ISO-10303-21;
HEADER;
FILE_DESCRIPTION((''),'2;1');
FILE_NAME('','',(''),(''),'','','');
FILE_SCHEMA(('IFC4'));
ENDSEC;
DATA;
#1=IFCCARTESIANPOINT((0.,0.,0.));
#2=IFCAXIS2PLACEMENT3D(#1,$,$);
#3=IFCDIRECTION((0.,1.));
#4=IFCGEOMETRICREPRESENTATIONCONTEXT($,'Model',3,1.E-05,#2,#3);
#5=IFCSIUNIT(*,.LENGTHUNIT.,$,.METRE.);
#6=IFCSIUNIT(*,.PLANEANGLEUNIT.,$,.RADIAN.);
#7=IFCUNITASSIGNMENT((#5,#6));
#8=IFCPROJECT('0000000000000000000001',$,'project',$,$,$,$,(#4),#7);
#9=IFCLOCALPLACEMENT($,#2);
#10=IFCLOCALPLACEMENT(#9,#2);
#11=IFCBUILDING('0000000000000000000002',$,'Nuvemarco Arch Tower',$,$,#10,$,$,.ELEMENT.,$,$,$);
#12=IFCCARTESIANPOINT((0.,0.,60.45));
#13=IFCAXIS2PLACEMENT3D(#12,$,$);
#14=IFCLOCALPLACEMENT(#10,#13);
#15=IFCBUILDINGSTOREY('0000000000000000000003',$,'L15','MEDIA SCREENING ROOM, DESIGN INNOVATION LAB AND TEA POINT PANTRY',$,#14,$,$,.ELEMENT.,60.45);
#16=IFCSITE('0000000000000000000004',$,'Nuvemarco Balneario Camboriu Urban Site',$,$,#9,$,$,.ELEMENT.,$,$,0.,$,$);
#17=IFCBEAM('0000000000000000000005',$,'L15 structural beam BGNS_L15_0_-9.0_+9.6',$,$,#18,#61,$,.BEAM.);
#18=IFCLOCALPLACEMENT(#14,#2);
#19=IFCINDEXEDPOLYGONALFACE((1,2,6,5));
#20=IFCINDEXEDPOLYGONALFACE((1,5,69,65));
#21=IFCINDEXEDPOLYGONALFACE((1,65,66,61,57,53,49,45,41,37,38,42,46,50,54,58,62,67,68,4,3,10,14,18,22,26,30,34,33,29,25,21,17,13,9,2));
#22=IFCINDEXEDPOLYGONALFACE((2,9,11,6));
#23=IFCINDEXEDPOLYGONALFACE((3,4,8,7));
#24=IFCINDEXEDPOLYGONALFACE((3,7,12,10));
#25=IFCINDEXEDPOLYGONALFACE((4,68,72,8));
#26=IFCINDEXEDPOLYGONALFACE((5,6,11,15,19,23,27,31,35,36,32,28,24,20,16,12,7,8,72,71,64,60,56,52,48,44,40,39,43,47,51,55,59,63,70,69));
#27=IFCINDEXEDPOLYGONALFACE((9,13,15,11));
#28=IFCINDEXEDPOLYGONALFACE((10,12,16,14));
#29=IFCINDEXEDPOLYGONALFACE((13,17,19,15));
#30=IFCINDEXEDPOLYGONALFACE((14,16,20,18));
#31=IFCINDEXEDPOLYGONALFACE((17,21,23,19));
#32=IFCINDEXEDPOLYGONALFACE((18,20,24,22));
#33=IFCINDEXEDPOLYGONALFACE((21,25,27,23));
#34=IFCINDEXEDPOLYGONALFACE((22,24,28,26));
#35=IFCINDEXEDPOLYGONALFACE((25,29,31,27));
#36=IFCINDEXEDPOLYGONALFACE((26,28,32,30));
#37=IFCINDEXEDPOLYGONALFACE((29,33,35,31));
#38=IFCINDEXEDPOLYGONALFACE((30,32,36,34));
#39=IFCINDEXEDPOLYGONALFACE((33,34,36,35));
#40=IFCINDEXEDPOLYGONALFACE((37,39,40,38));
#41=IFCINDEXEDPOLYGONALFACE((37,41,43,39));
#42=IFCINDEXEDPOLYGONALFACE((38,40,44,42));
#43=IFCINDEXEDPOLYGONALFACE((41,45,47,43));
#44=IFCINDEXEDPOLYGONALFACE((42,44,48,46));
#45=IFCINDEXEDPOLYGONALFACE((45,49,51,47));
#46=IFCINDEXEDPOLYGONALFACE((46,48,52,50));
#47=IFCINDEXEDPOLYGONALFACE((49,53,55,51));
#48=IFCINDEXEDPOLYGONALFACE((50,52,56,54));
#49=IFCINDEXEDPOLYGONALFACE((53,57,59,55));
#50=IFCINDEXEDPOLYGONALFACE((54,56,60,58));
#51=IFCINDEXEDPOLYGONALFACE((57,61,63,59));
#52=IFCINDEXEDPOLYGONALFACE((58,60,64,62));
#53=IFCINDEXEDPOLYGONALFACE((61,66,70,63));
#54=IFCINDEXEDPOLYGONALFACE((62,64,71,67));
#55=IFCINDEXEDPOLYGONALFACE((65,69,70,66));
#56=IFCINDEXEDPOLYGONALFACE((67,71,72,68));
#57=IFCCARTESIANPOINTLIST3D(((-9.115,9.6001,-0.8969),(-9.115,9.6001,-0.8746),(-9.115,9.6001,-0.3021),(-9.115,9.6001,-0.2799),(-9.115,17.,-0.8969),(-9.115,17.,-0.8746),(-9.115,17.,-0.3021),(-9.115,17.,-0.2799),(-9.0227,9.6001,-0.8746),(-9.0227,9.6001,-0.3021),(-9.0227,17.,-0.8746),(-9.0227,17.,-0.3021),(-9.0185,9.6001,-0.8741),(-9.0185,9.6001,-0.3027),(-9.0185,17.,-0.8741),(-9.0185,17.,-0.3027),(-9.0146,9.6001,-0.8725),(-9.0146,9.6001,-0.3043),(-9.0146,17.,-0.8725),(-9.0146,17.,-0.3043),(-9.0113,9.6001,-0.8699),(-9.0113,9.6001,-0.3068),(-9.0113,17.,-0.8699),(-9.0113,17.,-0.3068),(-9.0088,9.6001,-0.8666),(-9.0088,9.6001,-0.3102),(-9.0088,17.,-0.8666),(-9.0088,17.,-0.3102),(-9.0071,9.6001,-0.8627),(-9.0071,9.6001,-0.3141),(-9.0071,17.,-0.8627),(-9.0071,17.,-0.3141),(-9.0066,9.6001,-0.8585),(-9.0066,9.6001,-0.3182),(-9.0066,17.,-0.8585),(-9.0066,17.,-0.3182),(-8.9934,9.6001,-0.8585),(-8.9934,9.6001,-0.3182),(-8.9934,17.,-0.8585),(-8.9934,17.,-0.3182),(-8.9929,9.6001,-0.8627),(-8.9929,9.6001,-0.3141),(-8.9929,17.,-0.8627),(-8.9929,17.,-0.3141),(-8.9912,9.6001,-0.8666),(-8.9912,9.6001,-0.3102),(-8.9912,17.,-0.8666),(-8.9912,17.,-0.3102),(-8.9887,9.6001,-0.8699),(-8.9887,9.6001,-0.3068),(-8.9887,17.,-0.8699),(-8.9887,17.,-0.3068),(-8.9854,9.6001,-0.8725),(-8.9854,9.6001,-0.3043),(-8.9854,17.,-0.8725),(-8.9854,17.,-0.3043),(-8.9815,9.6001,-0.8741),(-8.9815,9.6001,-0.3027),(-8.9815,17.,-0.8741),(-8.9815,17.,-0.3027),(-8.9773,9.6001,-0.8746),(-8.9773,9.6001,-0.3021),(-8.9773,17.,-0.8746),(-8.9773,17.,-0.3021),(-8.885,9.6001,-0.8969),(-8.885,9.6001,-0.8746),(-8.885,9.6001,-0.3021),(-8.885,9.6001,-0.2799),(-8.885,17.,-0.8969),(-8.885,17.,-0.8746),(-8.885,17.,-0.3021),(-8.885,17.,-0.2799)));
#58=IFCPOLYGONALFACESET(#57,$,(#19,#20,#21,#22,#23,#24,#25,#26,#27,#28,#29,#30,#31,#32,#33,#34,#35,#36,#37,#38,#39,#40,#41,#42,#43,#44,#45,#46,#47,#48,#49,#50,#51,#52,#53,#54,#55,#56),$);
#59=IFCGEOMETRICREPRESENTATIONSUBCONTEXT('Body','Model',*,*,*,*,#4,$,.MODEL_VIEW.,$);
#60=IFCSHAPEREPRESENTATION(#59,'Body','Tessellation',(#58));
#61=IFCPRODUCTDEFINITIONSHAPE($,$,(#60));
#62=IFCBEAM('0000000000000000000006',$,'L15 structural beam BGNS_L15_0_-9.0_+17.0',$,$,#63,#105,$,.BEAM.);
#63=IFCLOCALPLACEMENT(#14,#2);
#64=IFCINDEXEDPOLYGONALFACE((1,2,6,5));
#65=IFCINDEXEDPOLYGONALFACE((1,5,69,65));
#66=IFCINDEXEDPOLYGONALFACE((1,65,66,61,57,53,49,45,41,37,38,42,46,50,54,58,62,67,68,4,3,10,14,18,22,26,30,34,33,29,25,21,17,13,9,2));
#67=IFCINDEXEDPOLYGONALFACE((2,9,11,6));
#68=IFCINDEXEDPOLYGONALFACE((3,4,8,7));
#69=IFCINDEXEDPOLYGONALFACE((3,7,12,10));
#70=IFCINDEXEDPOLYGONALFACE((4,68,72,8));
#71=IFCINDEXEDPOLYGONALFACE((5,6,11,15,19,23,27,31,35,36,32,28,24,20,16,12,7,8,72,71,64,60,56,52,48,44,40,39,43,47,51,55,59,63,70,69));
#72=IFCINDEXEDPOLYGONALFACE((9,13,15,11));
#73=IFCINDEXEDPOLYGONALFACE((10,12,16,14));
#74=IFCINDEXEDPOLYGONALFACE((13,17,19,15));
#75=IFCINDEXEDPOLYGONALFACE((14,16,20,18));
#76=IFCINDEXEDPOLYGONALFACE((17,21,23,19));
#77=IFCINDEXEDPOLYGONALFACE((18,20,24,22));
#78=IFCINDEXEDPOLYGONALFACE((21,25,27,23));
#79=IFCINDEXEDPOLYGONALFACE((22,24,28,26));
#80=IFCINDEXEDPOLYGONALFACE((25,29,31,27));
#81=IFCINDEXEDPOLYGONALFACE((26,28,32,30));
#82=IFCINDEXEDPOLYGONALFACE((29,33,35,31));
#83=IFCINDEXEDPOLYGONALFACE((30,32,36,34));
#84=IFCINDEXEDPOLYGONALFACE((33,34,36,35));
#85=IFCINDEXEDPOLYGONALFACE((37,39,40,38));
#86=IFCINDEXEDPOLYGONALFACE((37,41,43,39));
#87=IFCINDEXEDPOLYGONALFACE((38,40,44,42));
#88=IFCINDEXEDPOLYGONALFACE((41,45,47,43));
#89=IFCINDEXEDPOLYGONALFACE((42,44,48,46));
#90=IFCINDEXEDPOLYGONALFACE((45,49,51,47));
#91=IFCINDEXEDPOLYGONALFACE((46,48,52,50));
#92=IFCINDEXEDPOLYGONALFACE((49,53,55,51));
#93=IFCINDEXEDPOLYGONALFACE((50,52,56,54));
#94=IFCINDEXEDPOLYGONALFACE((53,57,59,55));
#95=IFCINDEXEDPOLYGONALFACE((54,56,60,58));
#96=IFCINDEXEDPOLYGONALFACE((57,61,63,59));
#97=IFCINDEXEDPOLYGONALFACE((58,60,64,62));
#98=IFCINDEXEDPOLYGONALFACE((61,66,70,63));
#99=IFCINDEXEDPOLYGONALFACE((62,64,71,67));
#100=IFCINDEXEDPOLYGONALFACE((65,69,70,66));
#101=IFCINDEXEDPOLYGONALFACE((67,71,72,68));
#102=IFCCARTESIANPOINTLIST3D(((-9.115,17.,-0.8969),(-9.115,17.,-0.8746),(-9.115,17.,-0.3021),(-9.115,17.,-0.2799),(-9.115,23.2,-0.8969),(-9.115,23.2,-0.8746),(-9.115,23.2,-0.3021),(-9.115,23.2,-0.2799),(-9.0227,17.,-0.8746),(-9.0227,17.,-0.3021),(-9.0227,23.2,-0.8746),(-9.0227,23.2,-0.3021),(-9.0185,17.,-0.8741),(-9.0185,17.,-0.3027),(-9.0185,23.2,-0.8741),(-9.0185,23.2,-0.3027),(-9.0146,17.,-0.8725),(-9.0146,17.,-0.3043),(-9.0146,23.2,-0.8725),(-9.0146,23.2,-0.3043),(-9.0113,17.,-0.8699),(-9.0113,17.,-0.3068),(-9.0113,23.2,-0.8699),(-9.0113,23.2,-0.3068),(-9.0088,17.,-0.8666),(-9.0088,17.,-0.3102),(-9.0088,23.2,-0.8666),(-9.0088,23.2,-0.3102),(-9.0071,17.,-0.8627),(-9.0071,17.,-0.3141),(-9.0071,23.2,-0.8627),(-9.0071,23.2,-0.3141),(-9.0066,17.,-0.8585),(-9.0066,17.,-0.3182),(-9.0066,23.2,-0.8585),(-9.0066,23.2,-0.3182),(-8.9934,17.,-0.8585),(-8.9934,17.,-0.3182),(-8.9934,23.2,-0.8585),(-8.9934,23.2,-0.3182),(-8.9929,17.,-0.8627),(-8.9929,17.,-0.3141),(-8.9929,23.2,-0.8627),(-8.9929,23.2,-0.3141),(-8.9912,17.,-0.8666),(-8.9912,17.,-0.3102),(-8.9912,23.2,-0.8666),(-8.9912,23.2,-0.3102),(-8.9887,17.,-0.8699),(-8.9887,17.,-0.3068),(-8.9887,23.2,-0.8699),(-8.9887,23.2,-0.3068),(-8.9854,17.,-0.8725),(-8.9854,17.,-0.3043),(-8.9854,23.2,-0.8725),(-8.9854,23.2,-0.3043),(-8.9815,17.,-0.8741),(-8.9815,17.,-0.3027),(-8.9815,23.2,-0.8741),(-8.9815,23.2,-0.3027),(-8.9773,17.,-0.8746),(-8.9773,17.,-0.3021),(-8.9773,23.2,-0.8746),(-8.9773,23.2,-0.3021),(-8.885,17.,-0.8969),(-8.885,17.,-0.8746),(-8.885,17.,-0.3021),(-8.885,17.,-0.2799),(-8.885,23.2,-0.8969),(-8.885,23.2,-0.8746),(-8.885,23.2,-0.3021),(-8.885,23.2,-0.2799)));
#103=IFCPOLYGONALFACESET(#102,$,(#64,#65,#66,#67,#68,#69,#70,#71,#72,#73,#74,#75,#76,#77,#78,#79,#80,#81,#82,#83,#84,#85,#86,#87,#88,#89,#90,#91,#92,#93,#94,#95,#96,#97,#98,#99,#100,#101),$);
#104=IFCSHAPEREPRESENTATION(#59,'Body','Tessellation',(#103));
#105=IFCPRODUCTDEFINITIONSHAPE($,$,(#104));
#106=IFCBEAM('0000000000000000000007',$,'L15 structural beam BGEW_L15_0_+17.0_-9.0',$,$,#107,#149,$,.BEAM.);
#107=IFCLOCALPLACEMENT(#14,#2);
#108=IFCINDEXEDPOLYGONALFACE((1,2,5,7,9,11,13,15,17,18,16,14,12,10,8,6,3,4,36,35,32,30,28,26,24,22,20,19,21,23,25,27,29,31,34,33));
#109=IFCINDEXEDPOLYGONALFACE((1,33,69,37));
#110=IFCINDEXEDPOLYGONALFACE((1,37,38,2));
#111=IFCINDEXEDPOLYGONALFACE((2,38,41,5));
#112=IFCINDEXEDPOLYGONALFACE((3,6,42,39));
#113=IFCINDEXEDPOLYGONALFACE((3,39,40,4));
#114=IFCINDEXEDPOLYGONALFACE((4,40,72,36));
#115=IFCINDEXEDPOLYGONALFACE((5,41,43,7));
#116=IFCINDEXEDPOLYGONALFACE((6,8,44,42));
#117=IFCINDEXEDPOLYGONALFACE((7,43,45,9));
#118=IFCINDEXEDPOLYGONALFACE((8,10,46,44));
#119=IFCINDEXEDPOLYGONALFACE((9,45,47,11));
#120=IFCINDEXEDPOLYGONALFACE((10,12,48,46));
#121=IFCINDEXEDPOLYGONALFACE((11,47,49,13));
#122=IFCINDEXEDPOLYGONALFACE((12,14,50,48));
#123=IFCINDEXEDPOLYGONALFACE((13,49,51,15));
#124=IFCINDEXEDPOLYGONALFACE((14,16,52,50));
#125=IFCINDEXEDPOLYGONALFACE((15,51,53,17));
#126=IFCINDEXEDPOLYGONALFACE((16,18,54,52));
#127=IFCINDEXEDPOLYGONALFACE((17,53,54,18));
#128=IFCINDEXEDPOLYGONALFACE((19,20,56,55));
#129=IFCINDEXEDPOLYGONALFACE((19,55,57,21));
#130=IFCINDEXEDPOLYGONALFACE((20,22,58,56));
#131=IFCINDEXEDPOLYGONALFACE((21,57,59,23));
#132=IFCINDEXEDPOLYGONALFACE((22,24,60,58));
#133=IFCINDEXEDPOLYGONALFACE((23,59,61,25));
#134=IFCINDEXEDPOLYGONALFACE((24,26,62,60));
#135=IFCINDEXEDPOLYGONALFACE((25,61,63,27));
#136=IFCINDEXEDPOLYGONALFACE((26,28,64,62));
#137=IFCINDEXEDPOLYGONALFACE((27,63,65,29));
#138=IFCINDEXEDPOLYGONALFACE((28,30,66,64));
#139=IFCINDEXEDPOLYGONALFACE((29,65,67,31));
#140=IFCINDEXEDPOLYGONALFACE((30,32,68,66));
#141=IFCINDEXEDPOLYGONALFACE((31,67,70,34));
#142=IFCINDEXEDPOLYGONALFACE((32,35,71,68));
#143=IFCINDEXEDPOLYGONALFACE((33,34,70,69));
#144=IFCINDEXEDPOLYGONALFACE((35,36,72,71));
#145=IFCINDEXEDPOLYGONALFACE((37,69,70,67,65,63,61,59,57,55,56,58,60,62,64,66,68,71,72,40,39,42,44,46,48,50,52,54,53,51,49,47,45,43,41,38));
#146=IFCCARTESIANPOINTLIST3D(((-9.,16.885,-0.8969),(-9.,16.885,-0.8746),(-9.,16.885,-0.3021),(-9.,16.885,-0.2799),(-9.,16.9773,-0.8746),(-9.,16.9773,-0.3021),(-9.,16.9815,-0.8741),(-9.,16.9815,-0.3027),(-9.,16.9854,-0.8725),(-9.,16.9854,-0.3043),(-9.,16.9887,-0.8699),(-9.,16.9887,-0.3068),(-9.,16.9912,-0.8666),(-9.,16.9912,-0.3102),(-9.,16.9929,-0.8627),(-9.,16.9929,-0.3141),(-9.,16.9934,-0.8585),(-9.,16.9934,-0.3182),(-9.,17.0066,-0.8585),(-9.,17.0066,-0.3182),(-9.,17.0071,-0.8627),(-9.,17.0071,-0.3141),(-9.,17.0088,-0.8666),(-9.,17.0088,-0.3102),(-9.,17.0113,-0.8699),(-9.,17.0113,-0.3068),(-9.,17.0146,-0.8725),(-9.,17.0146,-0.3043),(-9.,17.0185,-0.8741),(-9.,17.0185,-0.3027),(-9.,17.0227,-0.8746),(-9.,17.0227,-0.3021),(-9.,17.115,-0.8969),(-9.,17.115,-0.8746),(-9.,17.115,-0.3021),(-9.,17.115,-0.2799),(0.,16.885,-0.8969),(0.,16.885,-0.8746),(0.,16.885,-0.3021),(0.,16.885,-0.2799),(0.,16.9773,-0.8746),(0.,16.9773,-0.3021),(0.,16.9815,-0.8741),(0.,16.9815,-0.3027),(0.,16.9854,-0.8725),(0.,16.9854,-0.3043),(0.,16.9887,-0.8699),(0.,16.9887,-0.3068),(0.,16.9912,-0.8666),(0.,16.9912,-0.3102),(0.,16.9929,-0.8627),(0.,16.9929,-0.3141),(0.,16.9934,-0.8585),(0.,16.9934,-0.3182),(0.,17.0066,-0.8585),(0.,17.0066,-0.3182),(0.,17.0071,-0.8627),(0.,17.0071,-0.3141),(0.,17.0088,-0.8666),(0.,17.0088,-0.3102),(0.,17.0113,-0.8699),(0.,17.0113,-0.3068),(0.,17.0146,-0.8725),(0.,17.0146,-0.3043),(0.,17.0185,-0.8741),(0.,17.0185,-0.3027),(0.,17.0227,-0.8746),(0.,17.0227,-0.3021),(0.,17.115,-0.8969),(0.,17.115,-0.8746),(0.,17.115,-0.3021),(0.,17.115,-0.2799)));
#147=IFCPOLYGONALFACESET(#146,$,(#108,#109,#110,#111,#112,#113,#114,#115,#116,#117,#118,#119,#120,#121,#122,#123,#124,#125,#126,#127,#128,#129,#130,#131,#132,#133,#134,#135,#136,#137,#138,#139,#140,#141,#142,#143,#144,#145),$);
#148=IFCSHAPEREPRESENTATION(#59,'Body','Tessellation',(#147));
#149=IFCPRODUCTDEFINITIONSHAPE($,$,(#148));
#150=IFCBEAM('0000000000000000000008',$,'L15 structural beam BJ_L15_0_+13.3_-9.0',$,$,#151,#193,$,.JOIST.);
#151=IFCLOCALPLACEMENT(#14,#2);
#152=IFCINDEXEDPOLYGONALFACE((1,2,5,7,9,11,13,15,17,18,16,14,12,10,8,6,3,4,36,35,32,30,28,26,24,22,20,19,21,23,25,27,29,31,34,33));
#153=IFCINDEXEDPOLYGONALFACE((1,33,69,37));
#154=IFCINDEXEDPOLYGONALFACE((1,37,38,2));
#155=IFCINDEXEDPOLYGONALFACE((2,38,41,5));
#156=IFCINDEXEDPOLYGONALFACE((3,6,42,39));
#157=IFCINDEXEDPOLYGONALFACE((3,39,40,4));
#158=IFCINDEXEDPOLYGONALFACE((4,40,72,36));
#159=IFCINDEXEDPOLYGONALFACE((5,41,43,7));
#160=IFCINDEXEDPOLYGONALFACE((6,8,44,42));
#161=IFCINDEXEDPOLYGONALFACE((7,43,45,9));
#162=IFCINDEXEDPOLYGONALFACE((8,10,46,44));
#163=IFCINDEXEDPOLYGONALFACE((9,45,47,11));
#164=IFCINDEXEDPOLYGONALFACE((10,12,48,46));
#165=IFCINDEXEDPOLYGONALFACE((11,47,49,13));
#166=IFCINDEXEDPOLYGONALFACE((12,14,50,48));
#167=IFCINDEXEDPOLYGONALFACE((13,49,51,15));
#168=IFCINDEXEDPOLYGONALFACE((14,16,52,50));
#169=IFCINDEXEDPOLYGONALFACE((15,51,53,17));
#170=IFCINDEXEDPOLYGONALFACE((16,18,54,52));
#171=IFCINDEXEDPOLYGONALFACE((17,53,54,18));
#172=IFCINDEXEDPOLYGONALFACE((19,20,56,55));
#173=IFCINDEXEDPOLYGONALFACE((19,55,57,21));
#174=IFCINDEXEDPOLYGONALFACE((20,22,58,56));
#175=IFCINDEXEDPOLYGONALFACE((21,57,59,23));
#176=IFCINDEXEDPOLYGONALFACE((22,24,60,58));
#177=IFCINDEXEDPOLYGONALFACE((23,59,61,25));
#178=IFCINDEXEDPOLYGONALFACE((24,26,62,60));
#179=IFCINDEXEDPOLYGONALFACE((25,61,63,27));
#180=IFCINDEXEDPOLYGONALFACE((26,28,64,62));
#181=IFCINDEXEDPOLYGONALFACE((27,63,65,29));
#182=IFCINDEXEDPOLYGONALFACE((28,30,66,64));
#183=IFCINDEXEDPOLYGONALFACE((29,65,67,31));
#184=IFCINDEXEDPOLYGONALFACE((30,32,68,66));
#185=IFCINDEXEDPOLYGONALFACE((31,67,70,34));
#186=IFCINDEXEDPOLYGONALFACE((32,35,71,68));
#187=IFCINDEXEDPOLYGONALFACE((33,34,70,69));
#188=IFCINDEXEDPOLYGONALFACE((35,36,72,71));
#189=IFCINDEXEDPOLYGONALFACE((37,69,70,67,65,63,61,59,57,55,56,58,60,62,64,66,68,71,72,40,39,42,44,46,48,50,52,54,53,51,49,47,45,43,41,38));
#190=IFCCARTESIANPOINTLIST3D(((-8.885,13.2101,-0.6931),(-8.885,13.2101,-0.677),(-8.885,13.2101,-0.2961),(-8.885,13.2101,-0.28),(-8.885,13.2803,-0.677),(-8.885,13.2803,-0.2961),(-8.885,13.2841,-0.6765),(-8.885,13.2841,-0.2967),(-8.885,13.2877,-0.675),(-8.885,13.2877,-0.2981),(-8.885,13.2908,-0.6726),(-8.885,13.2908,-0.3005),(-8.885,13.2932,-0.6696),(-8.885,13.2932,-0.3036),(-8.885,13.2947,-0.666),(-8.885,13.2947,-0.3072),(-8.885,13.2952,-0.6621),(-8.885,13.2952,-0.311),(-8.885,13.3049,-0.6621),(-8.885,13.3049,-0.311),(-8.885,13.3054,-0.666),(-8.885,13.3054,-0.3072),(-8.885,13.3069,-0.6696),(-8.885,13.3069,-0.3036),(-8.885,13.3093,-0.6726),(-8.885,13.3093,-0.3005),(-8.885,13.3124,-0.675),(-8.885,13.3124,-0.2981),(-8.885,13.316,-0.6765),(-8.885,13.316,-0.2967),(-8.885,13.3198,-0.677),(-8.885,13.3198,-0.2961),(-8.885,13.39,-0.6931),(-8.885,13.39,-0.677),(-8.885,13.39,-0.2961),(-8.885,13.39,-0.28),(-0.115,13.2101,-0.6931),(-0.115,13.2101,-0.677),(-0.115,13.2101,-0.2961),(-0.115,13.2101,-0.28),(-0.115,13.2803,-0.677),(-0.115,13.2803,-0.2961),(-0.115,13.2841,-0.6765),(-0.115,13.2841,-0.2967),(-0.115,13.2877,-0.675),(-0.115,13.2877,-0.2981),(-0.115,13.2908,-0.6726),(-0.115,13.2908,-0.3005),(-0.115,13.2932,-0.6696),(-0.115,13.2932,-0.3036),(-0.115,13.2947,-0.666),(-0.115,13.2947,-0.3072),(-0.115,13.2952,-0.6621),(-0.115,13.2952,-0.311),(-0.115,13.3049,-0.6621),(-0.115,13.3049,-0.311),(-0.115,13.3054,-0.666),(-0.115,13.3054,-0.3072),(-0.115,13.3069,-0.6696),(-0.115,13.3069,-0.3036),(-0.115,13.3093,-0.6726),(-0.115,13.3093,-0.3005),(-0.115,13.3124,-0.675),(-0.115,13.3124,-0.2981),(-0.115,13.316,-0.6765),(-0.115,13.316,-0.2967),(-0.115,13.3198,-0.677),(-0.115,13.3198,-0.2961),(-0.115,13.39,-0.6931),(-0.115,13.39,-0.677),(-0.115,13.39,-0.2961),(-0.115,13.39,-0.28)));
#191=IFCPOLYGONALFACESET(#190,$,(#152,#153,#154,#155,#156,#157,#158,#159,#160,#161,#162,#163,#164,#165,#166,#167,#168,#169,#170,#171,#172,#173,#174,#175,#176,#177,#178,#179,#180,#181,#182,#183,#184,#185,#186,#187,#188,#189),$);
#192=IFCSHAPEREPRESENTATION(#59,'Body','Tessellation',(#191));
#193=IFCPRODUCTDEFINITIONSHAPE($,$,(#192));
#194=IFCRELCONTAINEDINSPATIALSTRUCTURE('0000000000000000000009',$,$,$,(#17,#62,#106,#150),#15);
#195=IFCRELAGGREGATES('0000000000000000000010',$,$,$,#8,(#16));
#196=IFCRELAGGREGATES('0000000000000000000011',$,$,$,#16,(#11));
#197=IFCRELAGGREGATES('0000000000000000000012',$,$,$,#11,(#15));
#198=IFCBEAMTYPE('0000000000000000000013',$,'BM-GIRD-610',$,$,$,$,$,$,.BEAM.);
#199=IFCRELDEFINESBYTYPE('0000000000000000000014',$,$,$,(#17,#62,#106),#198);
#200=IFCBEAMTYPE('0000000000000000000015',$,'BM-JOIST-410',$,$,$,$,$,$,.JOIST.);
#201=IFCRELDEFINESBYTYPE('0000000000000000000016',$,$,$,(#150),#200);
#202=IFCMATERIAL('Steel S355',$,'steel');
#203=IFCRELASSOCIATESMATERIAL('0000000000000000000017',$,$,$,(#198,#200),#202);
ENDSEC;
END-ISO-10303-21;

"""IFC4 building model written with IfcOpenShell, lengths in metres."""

from ifc_helpers import new_model, si_unit, direction, frame, origin, origin_2d, place, context, subcontext, project, spatial, i_section, extrude, material, material_profile, profile_set, type_object, element, save


model = new_model("IFC4")

# Units and contexts
model_context = context("Model", 3, precision=1e-05, world=origin(), true_north=direction((0.0, 1.0)))
body_context = subcontext(model_context, "Body", "Model", "MODEL_VIEW")
ifc_project = project(units=[si_unit("LENGTHUNIT", "METRE"), si_unit("PLANEANGLEUNIT", "RADIAN")], contexts=[model_context])

# Site, building, storey
site_placement = place(None, origin())
site = spatial("IfcSite", under=ifc_project, at=site_placement, Name="Nuvemarco Balneario Camboriu Urban Site", CompositionType="ELEMENT", RefElevation=0.0)
building_placement = place(site_placement, origin())
building = spatial("IfcBuilding", under=site, at=building_placement, Name="Nuvemarco Arch Tower", CompositionType="ELEMENT")
storey_placement = place(building_placement, frame((0.0, 0.0, 60.45)))
storey = spatial("IfcBuildingStorey", under=building, at=storey_placement, Name="L15", Description="MEDIA SCREENING ROOM, DESIGN INNOVATION LAB AND TEA POINT PANTRY", CompositionType="ELEMENT", Elevation=60.45)

# Shared definitions
ifc_material_1 = material(Name="Steel S355", Category="steel")

# Beams
ifc_material_profile_1 = material_profile(ifc_material_1, i_section(OverallWidth=0.23, OverallDepth=0.6169, WebThickness=0.0132, FlangeThickness=0.0222, FilletRadius=0.0161, at=origin_2d()), Name="W610x140")
ifc_profile_set_1 = profile_set([ifc_material_profile_1], Name="Steel S355")
beam_type_1 = type_object("IfcBeamType", Name="BM-GIRD-610", PredefinedType="BEAM", material=ifc_profile_set_1)
beam_1_placement = place(storey_placement, frame((-9.0, 9.6001, -0.5884), z_axis=(0.0, 1.0, 0.0), x_axis=(-1.0, 0.0, 0.0)))
element("IfcBeam", 1, at=beam_1_placement, inside=storey, type_object=beam_type_1, Name="L15 structural beam BGNS_L15_0_-9.0_+9.6", PredefinedType="BEAM", context=body_context, shape_type="SweptSolid", body=[
    extrude(i_section(OverallWidth=0.23, OverallDepth=0.6169, WebThickness=0.0132, FlangeThickness=0.0222, FilletRadius=0.0161, at=origin_2d()), origin(), (0.0, 0.0, 1.0), 7.3999),
])
beam_2_placement = place(storey_placement, frame((-9.0, 17.0, -0.5884), z_axis=(0.0, 1.0, 0.0), x_axis=(-1.0, 0.0, 0.0)))
element("IfcBeam", 2, at=beam_2_placement, inside=storey, type_object=beam_type_1, Name="L15 structural beam BGNS_L15_0_-9.0_+17.0", PredefinedType="BEAM", context=body_context, shape_type="SweptSolid", body=[
    extrude(i_section(OverallWidth=0.23, OverallDepth=0.6169, WebThickness=0.0132, FlangeThickness=0.0222, FilletRadius=0.0161, at=origin_2d()), origin(), (0.0, 0.0, 1.0), 6.2),
])
beam_3_placement = place(storey_placement, frame((-9.0, 17.0, -0.5884), z_axis=(1.0, 0.0, 0.0), x_axis=(0.0, 1.0, 0.0)))
element("IfcBeam", 3, at=beam_3_placement, inside=storey, type_object=beam_type_1, Name="L15 structural beam BGEW_L15_0_+17.0_-9.0", PredefinedType="BEAM", context=body_context, shape_type="SweptSolid", body=[
    extrude(i_section(OverallWidth=0.23, OverallDepth=0.6169, WebThickness=0.0132, FlangeThickness=0.0222, FilletRadius=0.0161, at=origin_2d()), origin(), (0.0, 0.0, 1.0), 9.0),
])
ifc_material_profile_2 = material_profile(ifc_material_1, i_section(OverallWidth=0.1799, OverallDepth=0.4131, WebThickness=0.0098, FlangeThickness=0.0161, FilletRadius=0.0149, at=origin_2d()), Name="W410x75")
ifc_profile_set_2 = profile_set([ifc_material_profile_2], Name="Steel S355")
beam_type_2 = type_object("IfcBeamType", Name="BM-JOIST-410", PredefinedType="JOIST", material=ifc_profile_set_2)
beam_4_placement = place(storey_placement, frame((-8.885, 13.3, -0.4866), z_axis=(1.0, 0.0, 0.0), x_axis=(0.0, 1.0, 0.0)))
element("IfcBeam", 4, at=beam_4_placement, inside=storey, type_object=beam_type_2, Name="L15 structural beam BJ_L15_0_+13.3_-9.0", PredefinedType="JOIST", context=body_context, shape_type="SweptSolid", body=[
    extrude(i_section(OverallWidth=0.1799, OverallDepth=0.4131, WebThickness=0.0098, FlangeThickness=0.0161, FilletRadius=0.0149, at=origin_2d()), origin(), (0.0, 0.0, 1.0), 8.77),
])

save(model, "model.ifc")
